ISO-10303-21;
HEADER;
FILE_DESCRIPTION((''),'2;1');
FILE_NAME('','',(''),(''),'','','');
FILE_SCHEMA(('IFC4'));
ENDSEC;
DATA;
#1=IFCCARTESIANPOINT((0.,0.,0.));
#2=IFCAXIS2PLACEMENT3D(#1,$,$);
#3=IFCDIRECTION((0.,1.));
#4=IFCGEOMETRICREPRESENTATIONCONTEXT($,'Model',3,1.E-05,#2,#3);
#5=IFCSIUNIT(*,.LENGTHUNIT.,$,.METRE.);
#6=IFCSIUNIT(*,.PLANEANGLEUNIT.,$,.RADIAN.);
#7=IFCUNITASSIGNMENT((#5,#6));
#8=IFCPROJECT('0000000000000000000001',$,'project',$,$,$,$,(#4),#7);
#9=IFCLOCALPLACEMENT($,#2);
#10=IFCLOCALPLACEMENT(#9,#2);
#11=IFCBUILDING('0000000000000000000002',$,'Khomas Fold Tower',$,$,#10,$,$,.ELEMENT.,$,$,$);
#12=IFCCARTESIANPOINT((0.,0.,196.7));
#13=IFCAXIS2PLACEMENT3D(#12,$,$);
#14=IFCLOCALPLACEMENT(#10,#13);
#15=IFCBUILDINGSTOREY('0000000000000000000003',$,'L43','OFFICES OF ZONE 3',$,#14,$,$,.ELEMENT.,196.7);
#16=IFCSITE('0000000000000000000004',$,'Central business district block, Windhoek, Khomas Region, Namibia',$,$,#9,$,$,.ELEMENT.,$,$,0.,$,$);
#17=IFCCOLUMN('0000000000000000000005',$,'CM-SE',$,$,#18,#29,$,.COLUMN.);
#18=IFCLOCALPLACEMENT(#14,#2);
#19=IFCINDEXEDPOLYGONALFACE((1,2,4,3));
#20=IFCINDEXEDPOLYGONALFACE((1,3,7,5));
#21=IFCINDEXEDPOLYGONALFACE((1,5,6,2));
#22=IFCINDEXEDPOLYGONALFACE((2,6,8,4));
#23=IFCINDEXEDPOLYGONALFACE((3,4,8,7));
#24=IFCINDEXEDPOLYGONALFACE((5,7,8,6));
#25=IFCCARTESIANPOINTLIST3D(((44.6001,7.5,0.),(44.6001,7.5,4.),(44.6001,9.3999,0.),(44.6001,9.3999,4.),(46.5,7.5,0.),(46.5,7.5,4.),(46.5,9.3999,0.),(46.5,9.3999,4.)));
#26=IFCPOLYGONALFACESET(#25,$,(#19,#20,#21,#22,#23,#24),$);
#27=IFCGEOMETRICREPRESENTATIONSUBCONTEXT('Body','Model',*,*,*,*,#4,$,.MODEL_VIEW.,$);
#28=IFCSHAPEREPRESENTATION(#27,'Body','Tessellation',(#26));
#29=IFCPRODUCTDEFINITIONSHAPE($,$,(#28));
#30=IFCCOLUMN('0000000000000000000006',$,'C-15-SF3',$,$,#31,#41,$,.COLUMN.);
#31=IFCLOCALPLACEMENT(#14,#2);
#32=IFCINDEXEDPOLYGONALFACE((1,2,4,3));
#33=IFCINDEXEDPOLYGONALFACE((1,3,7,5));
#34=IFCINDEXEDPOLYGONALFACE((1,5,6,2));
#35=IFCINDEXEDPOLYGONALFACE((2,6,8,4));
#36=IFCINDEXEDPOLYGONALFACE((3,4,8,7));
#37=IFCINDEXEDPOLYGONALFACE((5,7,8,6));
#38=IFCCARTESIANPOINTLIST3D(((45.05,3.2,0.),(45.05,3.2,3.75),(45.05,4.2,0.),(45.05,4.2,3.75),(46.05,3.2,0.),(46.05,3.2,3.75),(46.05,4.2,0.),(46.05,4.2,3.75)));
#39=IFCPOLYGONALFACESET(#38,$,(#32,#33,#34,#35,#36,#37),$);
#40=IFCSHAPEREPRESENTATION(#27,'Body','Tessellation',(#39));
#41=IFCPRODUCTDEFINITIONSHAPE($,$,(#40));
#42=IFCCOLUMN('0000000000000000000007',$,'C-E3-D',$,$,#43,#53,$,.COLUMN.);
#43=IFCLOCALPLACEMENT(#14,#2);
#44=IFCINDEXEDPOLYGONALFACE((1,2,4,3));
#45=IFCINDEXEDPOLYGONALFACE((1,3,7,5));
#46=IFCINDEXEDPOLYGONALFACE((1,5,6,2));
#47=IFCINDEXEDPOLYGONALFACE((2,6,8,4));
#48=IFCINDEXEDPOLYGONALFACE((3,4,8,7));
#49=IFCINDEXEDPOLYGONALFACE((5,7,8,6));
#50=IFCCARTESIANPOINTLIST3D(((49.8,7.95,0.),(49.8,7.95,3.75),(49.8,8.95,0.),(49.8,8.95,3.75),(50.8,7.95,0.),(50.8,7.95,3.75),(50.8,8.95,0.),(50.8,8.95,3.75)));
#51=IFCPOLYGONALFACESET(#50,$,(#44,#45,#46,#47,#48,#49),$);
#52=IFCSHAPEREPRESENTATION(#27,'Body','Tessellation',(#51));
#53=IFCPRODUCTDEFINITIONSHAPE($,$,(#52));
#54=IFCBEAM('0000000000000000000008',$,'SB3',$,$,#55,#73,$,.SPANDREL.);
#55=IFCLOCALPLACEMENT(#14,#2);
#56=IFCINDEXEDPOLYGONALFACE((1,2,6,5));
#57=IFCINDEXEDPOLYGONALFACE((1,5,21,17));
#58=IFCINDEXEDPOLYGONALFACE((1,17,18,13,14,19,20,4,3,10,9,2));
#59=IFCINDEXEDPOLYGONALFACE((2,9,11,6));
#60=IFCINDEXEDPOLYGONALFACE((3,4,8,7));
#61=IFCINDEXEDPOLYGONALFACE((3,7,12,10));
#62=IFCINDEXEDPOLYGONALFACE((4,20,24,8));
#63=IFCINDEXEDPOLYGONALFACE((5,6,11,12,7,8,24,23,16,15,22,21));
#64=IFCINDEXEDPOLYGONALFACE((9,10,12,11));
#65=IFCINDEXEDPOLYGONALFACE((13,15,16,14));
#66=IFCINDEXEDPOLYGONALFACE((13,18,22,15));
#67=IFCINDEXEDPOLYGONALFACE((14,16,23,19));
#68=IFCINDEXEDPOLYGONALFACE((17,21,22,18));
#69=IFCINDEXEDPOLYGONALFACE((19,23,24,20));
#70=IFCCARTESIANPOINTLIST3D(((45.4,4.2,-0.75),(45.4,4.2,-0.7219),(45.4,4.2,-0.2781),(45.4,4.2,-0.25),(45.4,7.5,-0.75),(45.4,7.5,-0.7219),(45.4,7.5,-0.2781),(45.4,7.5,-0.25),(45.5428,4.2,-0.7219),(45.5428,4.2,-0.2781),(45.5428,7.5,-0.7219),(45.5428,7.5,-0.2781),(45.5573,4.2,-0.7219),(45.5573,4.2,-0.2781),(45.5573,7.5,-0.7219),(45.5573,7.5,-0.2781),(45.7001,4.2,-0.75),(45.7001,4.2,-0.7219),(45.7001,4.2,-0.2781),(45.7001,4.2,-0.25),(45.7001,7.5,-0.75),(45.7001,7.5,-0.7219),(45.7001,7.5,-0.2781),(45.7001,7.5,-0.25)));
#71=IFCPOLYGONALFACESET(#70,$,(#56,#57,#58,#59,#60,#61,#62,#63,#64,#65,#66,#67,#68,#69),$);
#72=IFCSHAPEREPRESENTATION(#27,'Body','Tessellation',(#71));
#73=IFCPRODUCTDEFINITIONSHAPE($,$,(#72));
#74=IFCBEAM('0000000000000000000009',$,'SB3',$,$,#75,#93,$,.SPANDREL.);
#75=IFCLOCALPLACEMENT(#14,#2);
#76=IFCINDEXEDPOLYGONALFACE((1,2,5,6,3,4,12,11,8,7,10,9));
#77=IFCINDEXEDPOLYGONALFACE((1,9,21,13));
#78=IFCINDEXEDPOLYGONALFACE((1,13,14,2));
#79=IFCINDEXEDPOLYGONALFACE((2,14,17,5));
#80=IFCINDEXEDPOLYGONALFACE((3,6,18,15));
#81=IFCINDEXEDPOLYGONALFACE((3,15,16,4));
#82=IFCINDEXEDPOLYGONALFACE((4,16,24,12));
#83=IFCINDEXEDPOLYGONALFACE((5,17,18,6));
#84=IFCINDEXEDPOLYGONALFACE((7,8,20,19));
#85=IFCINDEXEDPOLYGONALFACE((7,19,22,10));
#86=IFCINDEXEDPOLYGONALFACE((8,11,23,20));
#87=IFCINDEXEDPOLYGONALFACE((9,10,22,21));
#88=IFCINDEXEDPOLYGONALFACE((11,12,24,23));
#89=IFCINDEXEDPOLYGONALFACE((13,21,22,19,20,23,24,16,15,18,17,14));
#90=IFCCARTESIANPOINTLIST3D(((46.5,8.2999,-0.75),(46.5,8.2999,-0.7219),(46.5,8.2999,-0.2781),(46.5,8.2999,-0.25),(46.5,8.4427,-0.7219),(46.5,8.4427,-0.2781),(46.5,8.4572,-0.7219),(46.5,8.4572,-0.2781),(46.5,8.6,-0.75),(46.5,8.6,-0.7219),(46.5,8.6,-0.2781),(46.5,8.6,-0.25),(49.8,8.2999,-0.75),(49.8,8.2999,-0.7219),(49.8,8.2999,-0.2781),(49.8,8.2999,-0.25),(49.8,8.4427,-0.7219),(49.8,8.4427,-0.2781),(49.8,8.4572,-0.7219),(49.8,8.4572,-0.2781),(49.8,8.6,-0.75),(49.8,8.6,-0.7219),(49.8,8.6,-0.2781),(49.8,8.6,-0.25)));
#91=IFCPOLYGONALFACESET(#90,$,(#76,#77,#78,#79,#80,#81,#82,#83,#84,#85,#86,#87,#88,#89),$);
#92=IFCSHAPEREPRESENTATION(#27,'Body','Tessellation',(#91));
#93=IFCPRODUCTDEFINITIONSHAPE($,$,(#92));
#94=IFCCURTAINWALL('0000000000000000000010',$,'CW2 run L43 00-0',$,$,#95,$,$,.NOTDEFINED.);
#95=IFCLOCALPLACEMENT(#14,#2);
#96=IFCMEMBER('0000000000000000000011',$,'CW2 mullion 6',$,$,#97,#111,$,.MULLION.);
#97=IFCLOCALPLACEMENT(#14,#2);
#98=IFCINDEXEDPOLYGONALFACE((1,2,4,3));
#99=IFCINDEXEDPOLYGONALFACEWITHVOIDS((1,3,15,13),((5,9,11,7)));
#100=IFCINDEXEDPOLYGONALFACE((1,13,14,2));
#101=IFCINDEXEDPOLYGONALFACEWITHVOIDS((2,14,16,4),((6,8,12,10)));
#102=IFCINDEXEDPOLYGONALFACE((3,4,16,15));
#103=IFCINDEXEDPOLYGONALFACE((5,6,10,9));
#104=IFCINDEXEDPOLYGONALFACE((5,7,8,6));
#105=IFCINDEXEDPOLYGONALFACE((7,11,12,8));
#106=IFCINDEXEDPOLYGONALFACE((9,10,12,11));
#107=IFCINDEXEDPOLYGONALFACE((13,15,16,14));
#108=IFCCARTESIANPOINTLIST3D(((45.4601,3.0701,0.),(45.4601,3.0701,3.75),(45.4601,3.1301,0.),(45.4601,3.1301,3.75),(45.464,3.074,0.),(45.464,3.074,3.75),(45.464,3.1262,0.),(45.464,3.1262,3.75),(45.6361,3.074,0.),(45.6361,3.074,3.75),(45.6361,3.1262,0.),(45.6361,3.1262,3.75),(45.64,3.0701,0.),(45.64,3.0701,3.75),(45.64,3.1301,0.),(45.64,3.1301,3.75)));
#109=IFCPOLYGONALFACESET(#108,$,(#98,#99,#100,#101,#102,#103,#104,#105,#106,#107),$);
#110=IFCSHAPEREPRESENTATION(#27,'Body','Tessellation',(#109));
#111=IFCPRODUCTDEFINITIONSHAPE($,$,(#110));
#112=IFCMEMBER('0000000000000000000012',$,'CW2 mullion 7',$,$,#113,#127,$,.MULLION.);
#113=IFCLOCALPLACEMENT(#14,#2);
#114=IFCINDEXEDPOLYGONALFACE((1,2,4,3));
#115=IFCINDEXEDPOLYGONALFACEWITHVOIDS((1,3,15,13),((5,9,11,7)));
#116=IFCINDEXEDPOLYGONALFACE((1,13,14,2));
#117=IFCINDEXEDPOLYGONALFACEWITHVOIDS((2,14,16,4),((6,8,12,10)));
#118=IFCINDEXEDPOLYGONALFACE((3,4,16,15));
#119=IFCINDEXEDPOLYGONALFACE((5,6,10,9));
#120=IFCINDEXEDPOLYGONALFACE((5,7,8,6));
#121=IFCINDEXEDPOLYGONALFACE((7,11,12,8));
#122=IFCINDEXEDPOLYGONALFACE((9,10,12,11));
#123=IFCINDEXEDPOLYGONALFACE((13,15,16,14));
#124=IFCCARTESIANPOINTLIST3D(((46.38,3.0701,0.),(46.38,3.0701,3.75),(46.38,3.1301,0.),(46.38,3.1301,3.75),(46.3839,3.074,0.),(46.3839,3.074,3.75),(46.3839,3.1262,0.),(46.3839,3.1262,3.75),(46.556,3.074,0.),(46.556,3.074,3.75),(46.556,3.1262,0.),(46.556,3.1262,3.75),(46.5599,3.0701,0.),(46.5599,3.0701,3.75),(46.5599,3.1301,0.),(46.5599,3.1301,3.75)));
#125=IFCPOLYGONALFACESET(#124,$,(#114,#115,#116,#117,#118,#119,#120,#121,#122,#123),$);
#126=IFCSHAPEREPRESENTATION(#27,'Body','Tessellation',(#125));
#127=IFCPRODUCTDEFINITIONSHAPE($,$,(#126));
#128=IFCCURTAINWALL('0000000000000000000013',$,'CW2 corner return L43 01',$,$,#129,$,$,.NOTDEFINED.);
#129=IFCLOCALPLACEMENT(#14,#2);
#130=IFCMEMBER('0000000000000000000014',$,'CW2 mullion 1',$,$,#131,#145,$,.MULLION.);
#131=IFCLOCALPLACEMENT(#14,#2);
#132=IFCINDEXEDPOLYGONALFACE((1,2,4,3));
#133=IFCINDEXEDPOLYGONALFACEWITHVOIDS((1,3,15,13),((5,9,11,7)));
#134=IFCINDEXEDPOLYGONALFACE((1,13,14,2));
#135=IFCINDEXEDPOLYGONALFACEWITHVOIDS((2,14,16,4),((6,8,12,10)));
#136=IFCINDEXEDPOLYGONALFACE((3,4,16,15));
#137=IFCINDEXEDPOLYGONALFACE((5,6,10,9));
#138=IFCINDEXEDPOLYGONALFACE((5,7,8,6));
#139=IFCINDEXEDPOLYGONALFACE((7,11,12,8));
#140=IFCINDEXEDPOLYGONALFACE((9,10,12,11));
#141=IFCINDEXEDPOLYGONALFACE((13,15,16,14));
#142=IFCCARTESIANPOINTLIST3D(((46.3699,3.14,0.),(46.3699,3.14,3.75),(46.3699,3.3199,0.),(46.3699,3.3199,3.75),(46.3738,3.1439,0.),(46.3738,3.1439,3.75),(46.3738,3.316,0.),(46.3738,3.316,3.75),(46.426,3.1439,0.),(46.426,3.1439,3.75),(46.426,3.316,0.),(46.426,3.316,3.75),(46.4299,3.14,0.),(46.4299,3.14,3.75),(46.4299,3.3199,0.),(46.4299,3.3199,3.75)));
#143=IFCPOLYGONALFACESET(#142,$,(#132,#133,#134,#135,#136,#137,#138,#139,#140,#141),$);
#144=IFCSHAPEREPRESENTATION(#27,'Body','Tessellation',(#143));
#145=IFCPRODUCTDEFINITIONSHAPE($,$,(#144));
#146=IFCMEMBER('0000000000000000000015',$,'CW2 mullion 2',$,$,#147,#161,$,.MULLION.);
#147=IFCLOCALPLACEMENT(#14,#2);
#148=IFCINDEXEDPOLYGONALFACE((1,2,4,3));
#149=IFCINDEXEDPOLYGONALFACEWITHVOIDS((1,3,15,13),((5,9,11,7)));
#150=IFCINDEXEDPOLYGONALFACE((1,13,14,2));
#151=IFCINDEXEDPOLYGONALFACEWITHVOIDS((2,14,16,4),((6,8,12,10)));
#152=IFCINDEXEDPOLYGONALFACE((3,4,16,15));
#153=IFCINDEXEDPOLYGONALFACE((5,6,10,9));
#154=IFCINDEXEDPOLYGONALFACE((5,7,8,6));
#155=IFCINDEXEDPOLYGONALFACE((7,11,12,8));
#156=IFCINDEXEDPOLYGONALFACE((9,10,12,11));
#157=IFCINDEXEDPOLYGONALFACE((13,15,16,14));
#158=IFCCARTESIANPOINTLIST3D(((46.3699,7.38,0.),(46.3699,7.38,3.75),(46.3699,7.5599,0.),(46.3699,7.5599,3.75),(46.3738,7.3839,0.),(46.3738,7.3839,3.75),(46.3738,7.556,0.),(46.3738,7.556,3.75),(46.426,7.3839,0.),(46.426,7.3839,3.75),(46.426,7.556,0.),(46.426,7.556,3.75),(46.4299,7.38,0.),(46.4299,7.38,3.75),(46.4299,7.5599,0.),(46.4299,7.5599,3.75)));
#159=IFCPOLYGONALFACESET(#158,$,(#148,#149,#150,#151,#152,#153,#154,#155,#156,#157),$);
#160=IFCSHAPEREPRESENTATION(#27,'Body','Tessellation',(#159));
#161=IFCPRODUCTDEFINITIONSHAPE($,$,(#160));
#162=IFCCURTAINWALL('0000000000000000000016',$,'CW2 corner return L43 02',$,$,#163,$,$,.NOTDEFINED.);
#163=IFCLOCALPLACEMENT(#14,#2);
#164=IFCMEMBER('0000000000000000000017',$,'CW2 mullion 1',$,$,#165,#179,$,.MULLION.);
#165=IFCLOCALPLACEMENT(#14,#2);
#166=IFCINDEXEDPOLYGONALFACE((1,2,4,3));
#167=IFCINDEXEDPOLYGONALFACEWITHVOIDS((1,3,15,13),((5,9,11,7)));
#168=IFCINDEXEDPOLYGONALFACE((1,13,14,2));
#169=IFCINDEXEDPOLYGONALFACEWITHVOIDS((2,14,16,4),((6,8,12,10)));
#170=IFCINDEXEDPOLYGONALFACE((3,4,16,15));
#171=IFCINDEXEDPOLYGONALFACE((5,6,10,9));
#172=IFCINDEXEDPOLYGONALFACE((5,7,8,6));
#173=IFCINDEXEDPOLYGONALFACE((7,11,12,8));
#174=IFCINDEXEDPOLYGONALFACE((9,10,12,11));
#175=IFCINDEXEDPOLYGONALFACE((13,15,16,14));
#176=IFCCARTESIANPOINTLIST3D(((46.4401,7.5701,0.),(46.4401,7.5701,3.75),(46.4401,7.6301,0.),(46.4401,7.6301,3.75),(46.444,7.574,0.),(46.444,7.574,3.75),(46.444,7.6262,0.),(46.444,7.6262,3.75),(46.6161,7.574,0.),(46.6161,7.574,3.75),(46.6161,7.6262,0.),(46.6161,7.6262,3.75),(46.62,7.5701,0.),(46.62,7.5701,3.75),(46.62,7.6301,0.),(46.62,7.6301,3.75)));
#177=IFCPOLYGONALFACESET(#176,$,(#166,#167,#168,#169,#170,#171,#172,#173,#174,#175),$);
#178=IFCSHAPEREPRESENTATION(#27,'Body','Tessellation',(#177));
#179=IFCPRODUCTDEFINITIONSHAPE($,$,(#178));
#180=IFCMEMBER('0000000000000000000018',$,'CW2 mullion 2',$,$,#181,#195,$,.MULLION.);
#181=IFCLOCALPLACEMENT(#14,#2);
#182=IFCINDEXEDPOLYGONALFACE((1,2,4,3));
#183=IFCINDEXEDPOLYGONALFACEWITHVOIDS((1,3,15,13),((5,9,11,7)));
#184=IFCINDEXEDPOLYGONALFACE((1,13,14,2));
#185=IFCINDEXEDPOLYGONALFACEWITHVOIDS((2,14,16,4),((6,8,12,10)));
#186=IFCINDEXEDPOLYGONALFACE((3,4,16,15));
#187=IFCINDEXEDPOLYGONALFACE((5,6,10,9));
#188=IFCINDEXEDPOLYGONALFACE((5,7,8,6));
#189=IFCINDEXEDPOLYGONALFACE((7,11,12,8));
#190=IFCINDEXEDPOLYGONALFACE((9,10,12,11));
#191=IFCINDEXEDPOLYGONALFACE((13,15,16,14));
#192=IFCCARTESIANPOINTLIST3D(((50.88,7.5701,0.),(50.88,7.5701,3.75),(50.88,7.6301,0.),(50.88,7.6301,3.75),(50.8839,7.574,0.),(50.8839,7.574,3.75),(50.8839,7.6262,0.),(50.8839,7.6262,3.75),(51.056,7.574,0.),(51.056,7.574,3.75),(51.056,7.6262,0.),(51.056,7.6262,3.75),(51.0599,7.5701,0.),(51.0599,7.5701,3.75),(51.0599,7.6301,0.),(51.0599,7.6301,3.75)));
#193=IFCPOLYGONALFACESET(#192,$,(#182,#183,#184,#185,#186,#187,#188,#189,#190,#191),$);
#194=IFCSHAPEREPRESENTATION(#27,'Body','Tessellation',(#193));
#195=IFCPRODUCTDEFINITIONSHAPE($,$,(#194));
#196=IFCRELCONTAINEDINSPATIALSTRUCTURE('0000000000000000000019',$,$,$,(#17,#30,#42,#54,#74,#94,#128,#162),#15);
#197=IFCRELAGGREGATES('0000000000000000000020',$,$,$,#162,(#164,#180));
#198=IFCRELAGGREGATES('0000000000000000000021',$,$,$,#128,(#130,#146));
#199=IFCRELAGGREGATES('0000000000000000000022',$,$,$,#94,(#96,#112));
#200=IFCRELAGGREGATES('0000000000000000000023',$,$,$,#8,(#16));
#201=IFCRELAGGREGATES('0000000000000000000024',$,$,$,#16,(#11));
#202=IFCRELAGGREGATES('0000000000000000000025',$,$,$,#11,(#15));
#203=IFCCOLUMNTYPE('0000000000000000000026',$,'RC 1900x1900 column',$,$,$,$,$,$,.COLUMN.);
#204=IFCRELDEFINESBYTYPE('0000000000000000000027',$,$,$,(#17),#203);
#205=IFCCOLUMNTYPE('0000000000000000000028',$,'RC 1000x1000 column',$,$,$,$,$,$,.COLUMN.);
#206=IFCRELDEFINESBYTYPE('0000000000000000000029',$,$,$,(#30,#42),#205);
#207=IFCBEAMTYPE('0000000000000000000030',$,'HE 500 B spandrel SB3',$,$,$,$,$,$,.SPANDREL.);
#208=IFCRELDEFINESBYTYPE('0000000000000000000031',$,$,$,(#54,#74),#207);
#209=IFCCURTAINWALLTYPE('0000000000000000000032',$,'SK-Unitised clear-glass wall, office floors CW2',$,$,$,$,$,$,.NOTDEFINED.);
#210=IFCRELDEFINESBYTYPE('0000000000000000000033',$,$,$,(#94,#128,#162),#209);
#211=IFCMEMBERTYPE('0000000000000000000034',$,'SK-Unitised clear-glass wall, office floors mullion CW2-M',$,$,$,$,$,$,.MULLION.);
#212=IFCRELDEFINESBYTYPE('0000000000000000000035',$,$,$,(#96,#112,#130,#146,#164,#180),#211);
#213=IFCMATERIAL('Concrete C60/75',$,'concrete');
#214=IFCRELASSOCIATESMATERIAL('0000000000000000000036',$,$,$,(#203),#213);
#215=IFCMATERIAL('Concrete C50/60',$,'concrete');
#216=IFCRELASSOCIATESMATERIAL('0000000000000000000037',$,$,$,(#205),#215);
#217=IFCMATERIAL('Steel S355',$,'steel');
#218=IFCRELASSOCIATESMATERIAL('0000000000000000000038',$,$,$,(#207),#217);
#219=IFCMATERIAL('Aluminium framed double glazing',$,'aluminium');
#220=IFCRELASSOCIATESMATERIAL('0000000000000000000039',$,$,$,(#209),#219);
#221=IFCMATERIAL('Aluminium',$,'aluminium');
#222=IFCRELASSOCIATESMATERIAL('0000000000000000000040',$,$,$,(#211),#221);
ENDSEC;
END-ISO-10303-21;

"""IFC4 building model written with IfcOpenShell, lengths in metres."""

from ifc_helpers import new_model, si_unit, direction, frame, origin, origin_2d, place, context, subcontext, project, spatial, rectangle, hollow_rectangle, i_section, extrude, source, transform, mapped, material, material_profile, profile_set, type_object, element, aggregate, save


model = new_model("IFC4")

# Units and contexts
model_context = context("Model", 3, precision=1e-05, world=origin(), true_north=direction((0.0, 1.0)))
body_context = subcontext(model_context, "Body", "Model", "MODEL_VIEW")
ifc_project = project(units=[si_unit("LENGTHUNIT", "METRE"), si_unit("PLANEANGLEUNIT", "RADIAN")], contexts=[model_context])

# Site, building, storey
site_placement = place(None, origin())
site = spatial("IfcSite", under=ifc_project, at=site_placement, Name="Central business district block, Windhoek, Khomas Region, Namibia", CompositionType="ELEMENT", RefElevation=0.0)
building_placement = place(site_placement, origin())
building = spatial("IfcBuilding", under=site, at=building_placement, Name="Khomas Fold Tower", CompositionType="ELEMENT")
storey_placement = place(building_placement, frame((0.0, 0.0, 196.7)))
storey = spatial("IfcBuildingStorey", under=building, at=storey_placement, Name="L43", Description="OFFICES OF ZONE 3", CompositionType="ELEMENT", Elevation=196.7)

# Columns
ifc_material_1 = material(Name="Concrete C60/75", Category="concrete")
ifc_material_profile_1 = material_profile(ifc_material_1, rectangle(XDim=1.8999, YDim=1.8999, at=origin_2d()), Name="RC 1900x1900")
ifc_profile_set_1 = profile_set([ifc_material_profile_1], Name="Concrete C60/75")
column_type_1 = type_object("IfcColumnType", Name="RC 1900x1900 column", PredefinedType="COLUMN", material=ifc_profile_set_1)
shared_shape_1 = source(origin(), body_context, "Body", "SweptSolid", [
    extrude(rectangle(XDim=1.8999, YDim=1.8999, at=origin_2d()), origin(), (0.0, 0.0, 1.0), 4.0),
])
column_placement = place(storey_placement, frame((45.55, 8.45, 0.0), z_axis=(0.0, 0.0, 1.0), x_axis=(1.0, 0.0, 0.0)))
element("IfcColumn", 1, at=column_placement, inside=storey, type_object=column_type_1, Name="CM-SE", PredefinedType="COLUMN", context=body_context, shape_type="MappedRepresentation", body=[
    mapped(shared_shape_1, transform((0.0, 0.0, 0.0))),
])
ifc_material_2 = material(Name="Concrete C50/60", Category="concrete")
ifc_material_profile_2 = material_profile(ifc_material_2, rectangle(XDim=1.0, YDim=1.0, at=origin_2d()), Name="RC 1000x1000")
ifc_profile_set_2 = profile_set([ifc_material_profile_2], Name="Concrete C50/60")
column_type_2 = type_object("IfcColumnType", Name="RC 1000x1000 column", PredefinedType="COLUMN", material=ifc_profile_set_2)
shared_shape_2 = source(origin(), body_context, "Body", "SweptSolid", [
    extrude(rectangle(XDim=1.0, YDim=1.0, at=origin_2d()), origin(), (0.0, 0.0, 1.0), 3.75),
])
for number, where, z_axis, x_axis, name in (
    (2, (45.55, 3.7, 0.0), (0.0, 0.0, 1.0), (1.0, 0.0, 0.0), "C-15-SF3"),
    (3, (50.3, 8.45, 0.0), (0.0, 0.0, 1.0), (1.0, 0.0, 0.0), "C-E3-D"),
):
    element("IfcColumn", number, at=place(storey_placement, frame(where, z_axis=z_axis, x_axis=x_axis)), inside=storey, type_object=column_type_2, Name=name, PredefinedType="COLUMN", context=body_context, shape_type="MappedRepresentation", body=[
        mapped(shared_shape_2, transform((0.0, 0.0, 0.0))),
    ])

# Beams
ifc_material_3 = material(Name="Steel S355", Category="steel")
ifc_material_profile_3 = material_profile(ifc_material_3, i_section(OverallWidth=0.3, OverallDepth=0.5, WebThickness=0.0144, FlangeThickness=0.0281, at=origin_2d()), Name="HE 500 B")
ifc_profile_set_3 = profile_set([ifc_material_profile_3], Name="Steel S355")
beam_type = type_object("IfcBeamType", Name="HE 500 B spandrel SB3", PredefinedType="SPANDREL", material=ifc_profile_set_3)
shared_shape_3 = source(origin(), body_context, "Body", "SweptSolid", [
    extrude(i_section(OverallWidth=0.3, OverallDepth=0.5, WebThickness=0.0144, FlangeThickness=0.0281, at=origin_2d()), origin(), (0.0, 0.0, 1.0), 3.3),
])
for number, where, z_axis, x_axis, name in (
    (4, (45.55, 4.2, -0.5), (0.0, 1.0, 0.0), (-1.0, 0.0, 0.0), "SB3"),
    (5, (46.5, 8.45, -0.5), (1.0, 0.0, 0.0), (0.0, 1.0, 0.0), "SB3"),
):
    element("IfcBeam", number, at=place(storey_placement, frame(where, z_axis=z_axis, x_axis=x_axis)), inside=storey, type_object=beam_type, Name=name, PredefinedType="SPANDREL", context=body_context, shape_type="MappedRepresentation", body=[
        mapped(shared_shape_3, transform((0.0, 0.0, 0.0))),
    ])

# Curtain walls, members
ifc_material_4 = material(Name="Aluminium framed double glazing", Category="aluminium")
curtain_wall_type = type_object("IfcCurtainWallType", Name="SK-Unitised clear-glass wall, office floors CW2", PredefinedType="NOTDEFINED", material=ifc_material_4)
curtain_wall_1_placement = place(storey_placement, origin())
curtain_wall_1 = element("IfcCurtainWall", 6, at=curtain_wall_1_placement, inside=storey, type_object=curtain_wall_type, Name="CW2 run L43 00-0", PredefinedType="NOTDEFINED")
ifc_material_5 = material(Name="Aluminium", Category="aluminium")
ifc_material_profile_4 = material_profile(ifc_material_5, hollow_rectangle(XDim=0.0601, YDim=0.1799, WallThickness=0.0039, at=origin_2d()), Name="SK-Unitised clear-glass wall, office floors mullion CW2-M")
ifc_profile_set_4 = profile_set([ifc_material_profile_4], Name="Aluminium")
member_type_1 = type_object("IfcMemberType", Name="SK-Unitised clear-glass wall, office floors mullion CW2-M", PredefinedType="MULLION", material=ifc_profile_set_4)
shared_shape_4 = source(origin(), body_context, "Body", "SweptSolid", [
    extrude(hollow_rectangle(XDim=0.0601, YDim=0.1799, WallThickness=0.0039, at=origin_2d()), origin(), (0.0, 0.0, 1.0), 3.75),
])
member_1_placement = place(storey_placement, frame((45.55, 3.1001, 0.0), z_axis=(0.0, 0.0, 1.0), x_axis=(0.0, 1.0, 0.0)))
member_1 = element("IfcMember", 7, at=member_1_placement, type_object=member_type_1, Name="CW2 mullion 6", PredefinedType="MULLION", context=body_context, shape_type="MappedRepresentation", body=[
    mapped(shared_shape_4, transform((0.0, 0.0, 0.0))),
])
member_2_placement = place(storey_placement, frame((46.47, 3.1001, 0.0), z_axis=(0.0, 0.0, 1.0), x_axis=(0.0, 1.0, 0.0)))
member_2 = element("IfcMember", 8, at=member_2_placement, type_object=member_type_1, Name="CW2 mullion 7", PredefinedType="MULLION", context=body_context, shape_type="MappedRepresentation", body=[
    mapped(shared_shape_4, transform((0.0, 0.0, 0.0))),
])
curtain_wall_2_placement = place(storey_placement, origin())
curtain_wall_2 = element("IfcCurtainWall", 9, at=curtain_wall_2_placement, inside=storey, type_object=curtain_wall_type, Name="CW2 corner return L43 01", PredefinedType="NOTDEFINED")
member_3_placement = place(storey_placement, frame((46.3999, 3.23, 0.0), z_axis=(0.0, 0.0, 1.0), x_axis=(-1.0, 0.0, 0.0)))
member_3 = element("IfcMember", 10, at=member_3_placement, type_object=member_type_1, Name="CW2 mullion 1", PredefinedType="MULLION", context=body_context, shape_type="MappedRepresentation", body=[
    mapped(shared_shape_4, transform((0.0, 0.0, 0.0))),
])
member_4_placement = place(storey_placement, frame((46.3999, 7.47, 0.0), z_axis=(0.0, 0.0, 1.0), x_axis=(-1.0, 0.0, 0.0)))
member_4 = element("IfcMember", 11, at=member_4_placement, type_object=member_type_1, Name="CW2 mullion 2", PredefinedType="MULLION", context=body_context, shape_type="MappedRepresentation", body=[
    mapped(shared_shape_4, transform((0.0, 0.0, 0.0))),
])
curtain_wall_3_placement = place(storey_placement, origin())
curtain_wall_3 = element("IfcCurtainWall", 12, at=curtain_wall_3_placement, inside=storey, type_object=curtain_wall_type, Name="CW2 corner return L43 02", PredefinedType="NOTDEFINED")
member_5_placement = place(storey_placement, frame((46.53, 7.6001, 0.0), z_axis=(0.0, 0.0, 1.0), x_axis=(0.0, 1.0, 0.0)))
member_5 = element("IfcMember", 13, at=member_5_placement, type_object=member_type_1, Name="CW2 mullion 1", PredefinedType="MULLION", context=body_context, shape_type="MappedRepresentation", body=[
    mapped(shared_shape_4, transform((0.0, 0.0, 0.0))),
])
member_6_placement = place(storey_placement, frame((50.97, 7.6001, 0.0), z_axis=(0.0, 0.0, 1.0), x_axis=(0.0, 1.0, 0.0)))
member_6 = element("IfcMember", 14, at=member_6_placement, type_object=member_type_1, Name="CW2 mullion 2", PredefinedType="MULLION", context=body_context, shape_type="MappedRepresentation", body=[
    mapped(shared_shape_4, transform((0.0, 0.0, 0.0))),
])

aggregate(curtain_wall_3, [member_5, member_6])
aggregate(curtain_wall_2, [member_3, member_4])
aggregate(curtain_wall_1, [member_1, member_2])

save(model, "model.ifc")
